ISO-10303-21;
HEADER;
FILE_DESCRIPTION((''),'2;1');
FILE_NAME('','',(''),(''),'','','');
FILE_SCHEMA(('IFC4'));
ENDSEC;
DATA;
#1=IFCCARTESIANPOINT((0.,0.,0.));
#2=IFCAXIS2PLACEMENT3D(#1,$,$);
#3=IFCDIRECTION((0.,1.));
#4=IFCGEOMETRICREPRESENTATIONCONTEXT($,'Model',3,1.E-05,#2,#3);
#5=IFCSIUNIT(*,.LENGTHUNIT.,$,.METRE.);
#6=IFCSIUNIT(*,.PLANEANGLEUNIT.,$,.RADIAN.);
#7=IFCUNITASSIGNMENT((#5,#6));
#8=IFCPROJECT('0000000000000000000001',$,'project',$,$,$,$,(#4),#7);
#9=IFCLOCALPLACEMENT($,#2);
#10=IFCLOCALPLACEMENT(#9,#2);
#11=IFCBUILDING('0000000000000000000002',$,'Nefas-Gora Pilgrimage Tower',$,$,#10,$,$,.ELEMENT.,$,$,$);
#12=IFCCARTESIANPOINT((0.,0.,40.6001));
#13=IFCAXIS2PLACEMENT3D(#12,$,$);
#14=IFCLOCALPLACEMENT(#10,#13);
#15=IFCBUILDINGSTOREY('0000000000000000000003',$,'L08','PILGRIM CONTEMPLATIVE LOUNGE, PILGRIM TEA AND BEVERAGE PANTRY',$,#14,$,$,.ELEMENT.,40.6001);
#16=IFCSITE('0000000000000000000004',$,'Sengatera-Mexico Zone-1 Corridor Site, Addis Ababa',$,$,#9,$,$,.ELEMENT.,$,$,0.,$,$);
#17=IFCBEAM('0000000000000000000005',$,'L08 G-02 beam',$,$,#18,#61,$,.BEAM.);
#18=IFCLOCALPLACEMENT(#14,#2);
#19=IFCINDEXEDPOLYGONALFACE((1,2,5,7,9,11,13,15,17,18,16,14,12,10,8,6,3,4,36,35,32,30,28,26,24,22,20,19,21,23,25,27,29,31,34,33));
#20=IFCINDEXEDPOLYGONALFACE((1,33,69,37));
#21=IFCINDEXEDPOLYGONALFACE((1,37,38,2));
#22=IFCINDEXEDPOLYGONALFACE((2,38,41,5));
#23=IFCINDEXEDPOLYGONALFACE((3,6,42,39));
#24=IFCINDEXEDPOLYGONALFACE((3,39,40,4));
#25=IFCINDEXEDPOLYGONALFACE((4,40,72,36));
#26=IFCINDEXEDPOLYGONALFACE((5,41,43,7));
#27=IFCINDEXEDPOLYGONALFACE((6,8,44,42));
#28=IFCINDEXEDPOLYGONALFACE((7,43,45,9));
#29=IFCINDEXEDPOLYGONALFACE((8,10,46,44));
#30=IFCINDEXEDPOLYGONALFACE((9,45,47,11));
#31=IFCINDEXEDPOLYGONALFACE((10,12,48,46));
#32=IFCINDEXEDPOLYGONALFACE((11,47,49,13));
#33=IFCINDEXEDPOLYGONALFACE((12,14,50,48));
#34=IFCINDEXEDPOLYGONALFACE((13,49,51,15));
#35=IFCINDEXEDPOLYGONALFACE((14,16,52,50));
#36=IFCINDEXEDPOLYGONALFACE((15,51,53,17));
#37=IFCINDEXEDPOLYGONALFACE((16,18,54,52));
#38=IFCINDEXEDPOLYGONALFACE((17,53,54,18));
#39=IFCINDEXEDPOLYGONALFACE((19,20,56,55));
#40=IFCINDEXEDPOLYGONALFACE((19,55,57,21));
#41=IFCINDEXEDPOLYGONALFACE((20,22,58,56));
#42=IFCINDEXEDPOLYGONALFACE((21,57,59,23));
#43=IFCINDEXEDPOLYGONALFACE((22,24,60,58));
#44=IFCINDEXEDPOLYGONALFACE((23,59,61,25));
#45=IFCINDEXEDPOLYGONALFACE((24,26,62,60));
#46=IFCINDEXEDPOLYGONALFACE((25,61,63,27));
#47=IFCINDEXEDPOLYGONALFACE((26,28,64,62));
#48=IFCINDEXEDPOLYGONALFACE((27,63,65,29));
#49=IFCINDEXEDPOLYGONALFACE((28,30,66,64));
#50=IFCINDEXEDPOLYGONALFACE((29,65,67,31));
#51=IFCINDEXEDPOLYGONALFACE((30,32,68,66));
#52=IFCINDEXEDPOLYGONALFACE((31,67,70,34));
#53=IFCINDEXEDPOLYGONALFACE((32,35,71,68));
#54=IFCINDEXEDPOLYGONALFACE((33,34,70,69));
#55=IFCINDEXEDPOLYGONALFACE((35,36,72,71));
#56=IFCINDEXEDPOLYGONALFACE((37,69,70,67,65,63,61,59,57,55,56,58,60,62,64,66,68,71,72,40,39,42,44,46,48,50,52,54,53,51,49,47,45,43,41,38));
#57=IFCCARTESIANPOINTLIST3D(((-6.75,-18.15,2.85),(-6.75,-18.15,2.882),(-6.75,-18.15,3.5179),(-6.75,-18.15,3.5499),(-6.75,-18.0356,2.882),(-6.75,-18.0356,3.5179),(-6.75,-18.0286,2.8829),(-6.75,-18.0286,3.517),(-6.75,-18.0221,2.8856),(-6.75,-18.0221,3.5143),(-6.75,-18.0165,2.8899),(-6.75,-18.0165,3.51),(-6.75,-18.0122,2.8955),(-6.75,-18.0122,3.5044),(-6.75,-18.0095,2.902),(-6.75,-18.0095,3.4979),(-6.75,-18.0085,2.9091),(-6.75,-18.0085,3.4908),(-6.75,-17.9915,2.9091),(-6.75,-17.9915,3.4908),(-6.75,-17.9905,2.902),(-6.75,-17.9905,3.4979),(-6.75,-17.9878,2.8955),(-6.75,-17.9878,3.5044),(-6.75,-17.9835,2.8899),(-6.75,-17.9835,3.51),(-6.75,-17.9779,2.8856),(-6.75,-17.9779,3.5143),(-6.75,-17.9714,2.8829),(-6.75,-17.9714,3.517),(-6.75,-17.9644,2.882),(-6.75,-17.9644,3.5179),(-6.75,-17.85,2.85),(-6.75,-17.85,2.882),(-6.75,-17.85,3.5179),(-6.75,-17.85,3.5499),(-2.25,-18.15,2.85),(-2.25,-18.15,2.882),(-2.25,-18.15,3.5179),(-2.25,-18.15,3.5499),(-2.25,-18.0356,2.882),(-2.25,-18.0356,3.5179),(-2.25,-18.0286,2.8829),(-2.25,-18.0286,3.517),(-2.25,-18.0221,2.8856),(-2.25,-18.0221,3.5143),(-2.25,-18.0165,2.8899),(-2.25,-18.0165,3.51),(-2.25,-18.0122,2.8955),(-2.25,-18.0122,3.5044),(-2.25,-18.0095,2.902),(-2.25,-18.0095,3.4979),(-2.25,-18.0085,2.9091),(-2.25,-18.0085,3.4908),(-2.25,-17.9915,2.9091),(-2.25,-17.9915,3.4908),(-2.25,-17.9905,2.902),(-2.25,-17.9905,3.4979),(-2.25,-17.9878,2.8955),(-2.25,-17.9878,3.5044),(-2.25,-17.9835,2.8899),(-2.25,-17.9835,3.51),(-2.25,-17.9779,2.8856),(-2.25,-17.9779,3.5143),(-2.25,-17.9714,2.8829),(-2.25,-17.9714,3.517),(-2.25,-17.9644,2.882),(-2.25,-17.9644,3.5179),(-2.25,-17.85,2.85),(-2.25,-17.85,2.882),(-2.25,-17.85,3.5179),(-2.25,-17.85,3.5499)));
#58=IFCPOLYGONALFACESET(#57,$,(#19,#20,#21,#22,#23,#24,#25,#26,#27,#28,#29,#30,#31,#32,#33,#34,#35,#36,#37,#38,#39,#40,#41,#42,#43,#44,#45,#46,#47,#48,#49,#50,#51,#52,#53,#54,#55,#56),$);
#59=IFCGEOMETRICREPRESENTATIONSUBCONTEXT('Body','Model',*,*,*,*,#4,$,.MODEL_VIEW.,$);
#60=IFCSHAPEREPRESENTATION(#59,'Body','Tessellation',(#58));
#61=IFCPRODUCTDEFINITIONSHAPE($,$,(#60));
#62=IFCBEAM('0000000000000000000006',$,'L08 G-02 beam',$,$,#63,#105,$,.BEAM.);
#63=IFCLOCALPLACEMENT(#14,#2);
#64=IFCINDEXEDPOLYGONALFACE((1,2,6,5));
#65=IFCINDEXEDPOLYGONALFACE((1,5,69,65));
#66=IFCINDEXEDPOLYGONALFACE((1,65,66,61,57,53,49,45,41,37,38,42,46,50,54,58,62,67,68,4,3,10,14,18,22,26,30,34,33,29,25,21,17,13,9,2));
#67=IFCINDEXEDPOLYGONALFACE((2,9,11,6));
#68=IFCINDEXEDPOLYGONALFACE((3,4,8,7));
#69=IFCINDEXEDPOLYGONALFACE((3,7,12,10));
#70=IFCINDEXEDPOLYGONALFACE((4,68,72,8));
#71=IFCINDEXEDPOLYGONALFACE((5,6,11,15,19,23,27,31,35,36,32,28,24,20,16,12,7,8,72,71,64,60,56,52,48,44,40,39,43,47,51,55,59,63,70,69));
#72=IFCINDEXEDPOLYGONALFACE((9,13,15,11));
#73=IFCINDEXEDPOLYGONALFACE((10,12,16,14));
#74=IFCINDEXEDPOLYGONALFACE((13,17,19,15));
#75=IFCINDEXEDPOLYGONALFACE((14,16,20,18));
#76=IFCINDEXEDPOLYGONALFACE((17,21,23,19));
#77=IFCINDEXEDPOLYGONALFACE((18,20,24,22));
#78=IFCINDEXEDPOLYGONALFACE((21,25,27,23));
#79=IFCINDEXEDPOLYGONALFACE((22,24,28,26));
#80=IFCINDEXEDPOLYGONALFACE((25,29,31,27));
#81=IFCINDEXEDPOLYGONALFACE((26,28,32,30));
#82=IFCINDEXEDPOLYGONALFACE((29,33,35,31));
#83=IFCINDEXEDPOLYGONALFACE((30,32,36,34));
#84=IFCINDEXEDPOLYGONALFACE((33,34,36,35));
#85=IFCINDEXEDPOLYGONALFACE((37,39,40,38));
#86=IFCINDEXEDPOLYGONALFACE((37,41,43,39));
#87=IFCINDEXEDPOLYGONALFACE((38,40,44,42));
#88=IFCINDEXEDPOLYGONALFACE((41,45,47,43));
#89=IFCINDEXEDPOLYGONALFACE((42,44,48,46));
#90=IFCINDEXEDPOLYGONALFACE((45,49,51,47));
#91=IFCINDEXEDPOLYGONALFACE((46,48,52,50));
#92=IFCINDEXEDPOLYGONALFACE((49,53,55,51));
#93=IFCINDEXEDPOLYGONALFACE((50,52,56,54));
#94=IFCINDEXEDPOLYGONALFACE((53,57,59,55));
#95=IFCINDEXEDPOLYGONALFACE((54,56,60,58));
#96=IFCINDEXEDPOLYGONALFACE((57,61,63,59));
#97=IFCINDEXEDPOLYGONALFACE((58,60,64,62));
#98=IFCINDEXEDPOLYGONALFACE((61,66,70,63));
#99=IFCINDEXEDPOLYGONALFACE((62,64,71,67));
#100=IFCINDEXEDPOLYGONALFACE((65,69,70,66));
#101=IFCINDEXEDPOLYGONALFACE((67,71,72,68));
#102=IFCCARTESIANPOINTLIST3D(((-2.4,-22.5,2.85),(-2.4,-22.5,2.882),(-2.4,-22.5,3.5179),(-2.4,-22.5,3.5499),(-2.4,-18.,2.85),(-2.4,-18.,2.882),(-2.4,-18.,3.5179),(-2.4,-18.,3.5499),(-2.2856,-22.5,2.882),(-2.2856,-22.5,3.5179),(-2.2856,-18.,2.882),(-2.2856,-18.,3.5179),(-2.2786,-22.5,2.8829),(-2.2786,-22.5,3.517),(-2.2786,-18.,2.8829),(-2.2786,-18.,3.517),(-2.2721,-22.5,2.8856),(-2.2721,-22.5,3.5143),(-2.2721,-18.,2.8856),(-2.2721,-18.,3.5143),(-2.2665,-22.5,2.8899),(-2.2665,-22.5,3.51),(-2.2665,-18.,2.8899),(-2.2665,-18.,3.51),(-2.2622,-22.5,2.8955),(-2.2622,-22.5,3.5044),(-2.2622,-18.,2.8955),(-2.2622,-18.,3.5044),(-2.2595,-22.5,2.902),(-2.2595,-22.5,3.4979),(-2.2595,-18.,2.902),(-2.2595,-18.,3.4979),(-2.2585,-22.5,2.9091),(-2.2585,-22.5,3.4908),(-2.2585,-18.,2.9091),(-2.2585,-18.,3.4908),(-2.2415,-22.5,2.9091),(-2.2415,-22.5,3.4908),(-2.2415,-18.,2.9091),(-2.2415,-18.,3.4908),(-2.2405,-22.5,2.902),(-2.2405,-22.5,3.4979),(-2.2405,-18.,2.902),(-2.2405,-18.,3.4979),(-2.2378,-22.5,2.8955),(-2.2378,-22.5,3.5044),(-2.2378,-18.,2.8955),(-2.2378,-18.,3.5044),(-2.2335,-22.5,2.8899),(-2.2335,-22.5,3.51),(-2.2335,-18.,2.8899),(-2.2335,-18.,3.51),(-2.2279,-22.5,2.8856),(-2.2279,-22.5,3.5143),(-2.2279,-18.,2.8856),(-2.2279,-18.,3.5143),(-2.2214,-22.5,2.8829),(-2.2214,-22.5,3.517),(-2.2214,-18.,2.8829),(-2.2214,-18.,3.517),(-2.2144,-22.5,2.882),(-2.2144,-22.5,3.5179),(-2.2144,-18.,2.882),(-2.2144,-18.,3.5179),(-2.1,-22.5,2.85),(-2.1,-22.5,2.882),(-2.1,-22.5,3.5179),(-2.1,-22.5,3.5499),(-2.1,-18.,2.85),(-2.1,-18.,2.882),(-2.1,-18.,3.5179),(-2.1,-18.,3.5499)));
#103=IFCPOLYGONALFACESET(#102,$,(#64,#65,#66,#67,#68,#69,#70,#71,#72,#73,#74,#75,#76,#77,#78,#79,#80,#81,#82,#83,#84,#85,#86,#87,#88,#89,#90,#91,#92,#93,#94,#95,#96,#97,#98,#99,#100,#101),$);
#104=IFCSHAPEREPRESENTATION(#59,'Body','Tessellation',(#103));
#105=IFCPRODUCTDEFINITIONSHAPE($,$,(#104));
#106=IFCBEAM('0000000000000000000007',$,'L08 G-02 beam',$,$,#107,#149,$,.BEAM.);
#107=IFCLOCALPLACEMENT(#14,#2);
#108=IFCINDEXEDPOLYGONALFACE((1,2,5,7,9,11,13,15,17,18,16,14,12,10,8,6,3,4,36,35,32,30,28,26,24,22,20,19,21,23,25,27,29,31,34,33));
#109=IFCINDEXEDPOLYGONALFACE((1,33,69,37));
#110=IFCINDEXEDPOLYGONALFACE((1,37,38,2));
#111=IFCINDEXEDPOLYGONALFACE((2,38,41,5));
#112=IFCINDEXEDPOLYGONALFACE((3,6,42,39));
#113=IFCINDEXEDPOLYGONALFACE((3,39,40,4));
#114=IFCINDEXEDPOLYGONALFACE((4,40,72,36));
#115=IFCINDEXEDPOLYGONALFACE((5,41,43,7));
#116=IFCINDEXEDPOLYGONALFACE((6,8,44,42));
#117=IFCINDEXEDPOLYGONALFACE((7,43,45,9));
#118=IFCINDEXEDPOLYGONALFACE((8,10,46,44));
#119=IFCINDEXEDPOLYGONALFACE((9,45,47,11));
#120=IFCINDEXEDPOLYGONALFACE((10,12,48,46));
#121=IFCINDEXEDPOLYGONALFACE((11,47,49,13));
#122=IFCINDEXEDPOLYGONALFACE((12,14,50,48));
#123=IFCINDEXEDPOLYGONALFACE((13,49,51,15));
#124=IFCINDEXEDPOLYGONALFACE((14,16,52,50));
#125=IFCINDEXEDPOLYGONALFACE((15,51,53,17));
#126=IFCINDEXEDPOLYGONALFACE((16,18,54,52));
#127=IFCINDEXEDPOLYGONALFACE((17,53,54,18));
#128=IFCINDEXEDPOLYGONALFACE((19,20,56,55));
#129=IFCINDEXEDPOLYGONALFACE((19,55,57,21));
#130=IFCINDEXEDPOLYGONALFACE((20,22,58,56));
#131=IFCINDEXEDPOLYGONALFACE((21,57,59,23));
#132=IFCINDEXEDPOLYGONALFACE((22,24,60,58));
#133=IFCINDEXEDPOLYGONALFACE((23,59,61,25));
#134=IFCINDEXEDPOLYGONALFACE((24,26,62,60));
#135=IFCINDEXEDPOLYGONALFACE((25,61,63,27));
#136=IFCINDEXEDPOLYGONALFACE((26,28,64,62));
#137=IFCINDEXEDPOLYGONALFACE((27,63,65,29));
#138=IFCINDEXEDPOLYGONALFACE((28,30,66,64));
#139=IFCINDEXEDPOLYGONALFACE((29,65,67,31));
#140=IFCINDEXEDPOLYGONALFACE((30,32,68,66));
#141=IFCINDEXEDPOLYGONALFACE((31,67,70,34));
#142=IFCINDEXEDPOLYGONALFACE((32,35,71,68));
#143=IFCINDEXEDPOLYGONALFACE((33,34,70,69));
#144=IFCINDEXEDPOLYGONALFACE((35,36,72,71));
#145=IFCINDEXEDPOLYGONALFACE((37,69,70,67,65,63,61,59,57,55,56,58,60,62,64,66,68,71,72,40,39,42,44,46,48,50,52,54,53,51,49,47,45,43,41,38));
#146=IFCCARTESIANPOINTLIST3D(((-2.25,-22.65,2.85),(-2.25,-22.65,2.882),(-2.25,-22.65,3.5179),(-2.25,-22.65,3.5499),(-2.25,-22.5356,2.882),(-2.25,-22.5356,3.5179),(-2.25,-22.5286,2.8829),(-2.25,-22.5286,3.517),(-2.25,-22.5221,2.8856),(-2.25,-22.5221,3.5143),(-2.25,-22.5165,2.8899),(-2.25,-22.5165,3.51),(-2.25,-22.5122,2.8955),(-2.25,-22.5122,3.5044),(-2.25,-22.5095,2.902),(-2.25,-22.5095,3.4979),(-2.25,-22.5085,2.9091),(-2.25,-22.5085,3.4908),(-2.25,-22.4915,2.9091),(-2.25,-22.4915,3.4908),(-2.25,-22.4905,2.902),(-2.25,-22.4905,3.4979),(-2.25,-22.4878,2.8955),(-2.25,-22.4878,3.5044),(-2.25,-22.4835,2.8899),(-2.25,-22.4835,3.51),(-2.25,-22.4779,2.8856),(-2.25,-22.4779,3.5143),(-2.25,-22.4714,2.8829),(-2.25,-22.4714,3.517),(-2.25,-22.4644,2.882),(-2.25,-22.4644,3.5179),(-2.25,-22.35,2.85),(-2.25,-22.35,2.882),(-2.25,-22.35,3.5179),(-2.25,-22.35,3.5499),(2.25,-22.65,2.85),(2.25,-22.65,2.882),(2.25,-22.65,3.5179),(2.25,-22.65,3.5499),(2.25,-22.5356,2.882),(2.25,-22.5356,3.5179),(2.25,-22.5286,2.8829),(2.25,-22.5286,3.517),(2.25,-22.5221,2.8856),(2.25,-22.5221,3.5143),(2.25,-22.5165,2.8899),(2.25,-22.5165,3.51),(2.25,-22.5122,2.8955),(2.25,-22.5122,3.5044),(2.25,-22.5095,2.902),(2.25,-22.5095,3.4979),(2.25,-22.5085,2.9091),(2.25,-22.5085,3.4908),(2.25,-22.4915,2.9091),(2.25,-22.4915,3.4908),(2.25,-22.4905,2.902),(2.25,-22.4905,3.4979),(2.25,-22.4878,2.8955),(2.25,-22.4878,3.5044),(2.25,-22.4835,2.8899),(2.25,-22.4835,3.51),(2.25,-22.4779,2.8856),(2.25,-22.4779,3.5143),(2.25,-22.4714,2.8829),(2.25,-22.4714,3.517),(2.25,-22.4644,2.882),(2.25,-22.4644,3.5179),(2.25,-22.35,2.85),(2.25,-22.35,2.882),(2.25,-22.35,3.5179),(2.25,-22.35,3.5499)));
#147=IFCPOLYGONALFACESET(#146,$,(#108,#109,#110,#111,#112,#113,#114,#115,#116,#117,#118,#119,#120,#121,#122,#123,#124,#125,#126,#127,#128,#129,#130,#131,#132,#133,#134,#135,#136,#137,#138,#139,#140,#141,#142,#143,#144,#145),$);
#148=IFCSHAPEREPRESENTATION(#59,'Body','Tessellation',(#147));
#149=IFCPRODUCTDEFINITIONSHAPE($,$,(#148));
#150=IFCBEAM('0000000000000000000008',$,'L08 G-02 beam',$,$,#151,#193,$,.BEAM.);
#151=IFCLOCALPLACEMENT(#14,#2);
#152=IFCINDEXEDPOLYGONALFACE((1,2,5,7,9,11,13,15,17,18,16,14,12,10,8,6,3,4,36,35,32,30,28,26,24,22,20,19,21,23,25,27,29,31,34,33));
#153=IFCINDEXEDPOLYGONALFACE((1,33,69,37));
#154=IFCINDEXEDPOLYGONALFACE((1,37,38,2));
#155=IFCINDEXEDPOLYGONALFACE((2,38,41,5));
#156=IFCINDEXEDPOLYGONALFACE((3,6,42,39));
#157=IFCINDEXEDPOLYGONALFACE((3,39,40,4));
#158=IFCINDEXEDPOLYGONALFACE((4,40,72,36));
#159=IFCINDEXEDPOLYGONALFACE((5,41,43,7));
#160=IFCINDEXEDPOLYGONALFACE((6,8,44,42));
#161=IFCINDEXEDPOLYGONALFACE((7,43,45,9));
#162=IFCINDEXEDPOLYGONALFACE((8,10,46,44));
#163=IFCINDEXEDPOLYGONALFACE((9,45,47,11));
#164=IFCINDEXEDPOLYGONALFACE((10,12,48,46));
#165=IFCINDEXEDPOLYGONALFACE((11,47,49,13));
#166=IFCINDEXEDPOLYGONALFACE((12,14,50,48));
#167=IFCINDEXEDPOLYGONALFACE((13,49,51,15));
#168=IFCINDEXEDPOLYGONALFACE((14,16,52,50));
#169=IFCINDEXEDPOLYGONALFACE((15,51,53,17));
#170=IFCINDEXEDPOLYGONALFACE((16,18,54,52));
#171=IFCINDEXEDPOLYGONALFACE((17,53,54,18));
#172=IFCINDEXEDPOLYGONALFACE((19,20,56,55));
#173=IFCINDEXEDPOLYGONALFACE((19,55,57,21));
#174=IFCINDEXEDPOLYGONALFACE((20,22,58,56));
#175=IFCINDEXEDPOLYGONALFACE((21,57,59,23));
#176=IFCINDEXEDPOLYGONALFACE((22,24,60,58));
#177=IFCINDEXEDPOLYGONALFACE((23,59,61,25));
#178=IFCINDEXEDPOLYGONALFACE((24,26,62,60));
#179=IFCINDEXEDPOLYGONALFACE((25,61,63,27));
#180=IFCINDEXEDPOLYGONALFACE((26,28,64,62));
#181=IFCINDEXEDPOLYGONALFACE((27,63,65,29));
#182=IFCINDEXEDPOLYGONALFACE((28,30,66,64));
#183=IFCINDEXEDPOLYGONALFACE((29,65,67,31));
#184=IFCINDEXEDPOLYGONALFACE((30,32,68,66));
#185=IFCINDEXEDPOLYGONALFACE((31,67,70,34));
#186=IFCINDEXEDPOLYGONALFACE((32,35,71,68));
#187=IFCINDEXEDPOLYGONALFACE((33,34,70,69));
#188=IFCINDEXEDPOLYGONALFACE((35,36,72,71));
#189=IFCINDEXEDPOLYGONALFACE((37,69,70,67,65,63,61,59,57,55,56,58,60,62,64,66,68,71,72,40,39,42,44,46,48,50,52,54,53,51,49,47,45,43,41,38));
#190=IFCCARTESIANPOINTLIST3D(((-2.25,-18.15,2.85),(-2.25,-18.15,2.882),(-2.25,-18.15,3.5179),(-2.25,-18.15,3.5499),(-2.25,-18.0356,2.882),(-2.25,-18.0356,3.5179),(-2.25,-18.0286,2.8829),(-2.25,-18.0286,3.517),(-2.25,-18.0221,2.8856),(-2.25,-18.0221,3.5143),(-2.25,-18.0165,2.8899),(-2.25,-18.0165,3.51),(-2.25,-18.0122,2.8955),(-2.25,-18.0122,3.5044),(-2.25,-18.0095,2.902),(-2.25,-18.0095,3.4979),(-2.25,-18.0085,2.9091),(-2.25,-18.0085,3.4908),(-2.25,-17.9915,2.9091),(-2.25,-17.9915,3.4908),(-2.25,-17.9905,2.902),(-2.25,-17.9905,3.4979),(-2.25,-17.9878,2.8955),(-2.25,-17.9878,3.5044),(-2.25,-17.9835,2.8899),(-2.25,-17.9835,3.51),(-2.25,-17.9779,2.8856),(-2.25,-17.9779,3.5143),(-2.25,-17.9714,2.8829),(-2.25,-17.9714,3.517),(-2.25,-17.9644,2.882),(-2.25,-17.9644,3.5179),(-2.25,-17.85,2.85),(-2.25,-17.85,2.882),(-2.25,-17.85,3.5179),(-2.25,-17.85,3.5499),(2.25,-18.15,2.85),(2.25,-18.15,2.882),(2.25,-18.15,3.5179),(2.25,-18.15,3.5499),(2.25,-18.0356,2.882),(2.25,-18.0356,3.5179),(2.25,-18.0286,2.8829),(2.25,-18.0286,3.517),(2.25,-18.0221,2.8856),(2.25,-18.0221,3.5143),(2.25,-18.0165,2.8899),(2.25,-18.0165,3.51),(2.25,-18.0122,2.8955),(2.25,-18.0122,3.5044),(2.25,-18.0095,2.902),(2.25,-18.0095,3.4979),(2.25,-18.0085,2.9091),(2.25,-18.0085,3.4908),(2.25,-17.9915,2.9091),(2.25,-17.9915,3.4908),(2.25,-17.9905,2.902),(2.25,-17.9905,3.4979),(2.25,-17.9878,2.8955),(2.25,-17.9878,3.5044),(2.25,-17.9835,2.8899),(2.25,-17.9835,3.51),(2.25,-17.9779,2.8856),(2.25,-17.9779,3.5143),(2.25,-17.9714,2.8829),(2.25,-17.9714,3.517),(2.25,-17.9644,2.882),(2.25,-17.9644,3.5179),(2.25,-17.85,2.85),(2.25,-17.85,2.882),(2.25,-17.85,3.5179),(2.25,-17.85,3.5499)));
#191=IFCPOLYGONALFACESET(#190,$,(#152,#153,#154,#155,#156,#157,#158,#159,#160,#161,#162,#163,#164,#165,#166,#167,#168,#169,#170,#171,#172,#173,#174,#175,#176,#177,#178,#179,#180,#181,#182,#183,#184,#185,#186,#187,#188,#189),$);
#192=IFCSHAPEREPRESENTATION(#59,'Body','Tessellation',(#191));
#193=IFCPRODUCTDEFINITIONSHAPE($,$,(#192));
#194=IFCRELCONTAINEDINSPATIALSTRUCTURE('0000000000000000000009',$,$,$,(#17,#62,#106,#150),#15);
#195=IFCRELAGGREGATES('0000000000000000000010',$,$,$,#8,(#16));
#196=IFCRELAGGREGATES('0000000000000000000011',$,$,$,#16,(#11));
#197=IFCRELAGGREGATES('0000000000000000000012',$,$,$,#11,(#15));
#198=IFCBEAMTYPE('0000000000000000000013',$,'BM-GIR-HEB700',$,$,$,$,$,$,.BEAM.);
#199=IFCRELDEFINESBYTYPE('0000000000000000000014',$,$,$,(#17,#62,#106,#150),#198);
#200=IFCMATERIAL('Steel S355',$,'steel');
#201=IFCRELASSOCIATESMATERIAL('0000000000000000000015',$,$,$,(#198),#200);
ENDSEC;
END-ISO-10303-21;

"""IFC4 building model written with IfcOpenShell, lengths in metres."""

from ifc_helpers import new_model, si_unit, direction, frame, origin, origin_2d, place, context, subcontext, project, spatial, i_section, extrude, source, transform, mapped, material, material_profile, profile_set, type_object, element, save


model = new_model("IFC4")

# Units and contexts
model_context = context("Model", 3, precision=1e-05, world=origin(), true_north=direction((0.0, 1.0)))
body_context = subcontext(model_context, "Body", "Model", "MODEL_VIEW")
ifc_project = project(units=[si_unit("LENGTHUNIT", "METRE"), si_unit("PLANEANGLEUNIT", "RADIAN")], contexts=[model_context])

# Site, building, storey
site_placement = place(None, origin())
site = spatial("IfcSite", under=ifc_project, at=site_placement, Name="Sengatera-Mexico Zone-1 Corridor Site, Addis Ababa", CompositionType="ELEMENT", RefElevation=0.0)
building_placement = place(site_placement, origin())
building = spatial("IfcBuilding", under=site, at=building_placement, Name="Nefas-Gora Pilgrimage Tower", CompositionType="ELEMENT")
storey_placement = place(building_placement, frame((0.0, 0.0, 40.6001)))
storey = spatial("IfcBuildingStorey", under=building, at=storey_placement, Name="L08", Description="PILGRIM CONTEMPLATIVE LOUNGE, PILGRIM TEA AND BEVERAGE PANTRY", CompositionType="ELEMENT", Elevation=40.6001)

# Beams
ifc_material_1 = material(Name="Steel S355", Category="steel")
ifc_material_profile_1 = material_profile(ifc_material_1, i_section(OverallWidth=0.3, OverallDepth=0.7, WebThickness=0.0171, FlangeThickness=0.032, FilletRadius=0.0271, at=origin_2d()), Name="HEB 700")
ifc_profile_set_1 = profile_set([ifc_material_profile_1], Name="Steel S355")
beam_type = type_object("IfcBeamType", Name="BM-GIR-HEB700", PredefinedType="BEAM", material=ifc_profile_set_1)
shared_shape_1 = source(origin(), body_context, "Body", "SweptSolid", [
    extrude(i_section(OverallWidth=0.3, OverallDepth=0.7, WebThickness=0.0171, FlangeThickness=0.032, FilletRadius=0.0271, at=origin_2d()), origin(), (0.0, 0.0, 1.0), 4.5),
])
for number, where, z_axis, x_axis, name in (
    (1, (-6.75, -18.0, 3.2), (1.0, 0.0, 0.0), (0.0, 1.0, 0.0), "L08 G-02 beam"),
    (2, (-2.25, -22.5, 3.2), (0.0, 1.0, 0.0), (-1.0, 0.0, 0.0), "L08 G-02 beam"),
    (3, (-2.25, -22.5, 3.2), (1.0, 0.0, 0.0), (0.0, 1.0, 0.0), "L08 G-02 beam"),
    (4, (-2.25, -18.0, 3.2), (1.0, 0.0, 0.0), (0.0, 1.0, 0.0), "L08 G-02 beam"),
):
    element("IfcBeam", number, at=place(storey_placement, frame(where, z_axis=z_axis, x_axis=x_axis)), inside=storey, type_object=beam_type, Name=name, PredefinedType="BEAM", context=body_context, shape_type="MappedRepresentation", body=[
        mapped(shared_shape_1, transform((0.0, 0.0, 0.0), x_axis=(1.0, 0.0, 0.0), y_axis=(0.0, 1.0, 0.0), z_axis=(0.0, 0.0, 1.0), scale=1.0)),
    ])

save(model, "model.ifc")
